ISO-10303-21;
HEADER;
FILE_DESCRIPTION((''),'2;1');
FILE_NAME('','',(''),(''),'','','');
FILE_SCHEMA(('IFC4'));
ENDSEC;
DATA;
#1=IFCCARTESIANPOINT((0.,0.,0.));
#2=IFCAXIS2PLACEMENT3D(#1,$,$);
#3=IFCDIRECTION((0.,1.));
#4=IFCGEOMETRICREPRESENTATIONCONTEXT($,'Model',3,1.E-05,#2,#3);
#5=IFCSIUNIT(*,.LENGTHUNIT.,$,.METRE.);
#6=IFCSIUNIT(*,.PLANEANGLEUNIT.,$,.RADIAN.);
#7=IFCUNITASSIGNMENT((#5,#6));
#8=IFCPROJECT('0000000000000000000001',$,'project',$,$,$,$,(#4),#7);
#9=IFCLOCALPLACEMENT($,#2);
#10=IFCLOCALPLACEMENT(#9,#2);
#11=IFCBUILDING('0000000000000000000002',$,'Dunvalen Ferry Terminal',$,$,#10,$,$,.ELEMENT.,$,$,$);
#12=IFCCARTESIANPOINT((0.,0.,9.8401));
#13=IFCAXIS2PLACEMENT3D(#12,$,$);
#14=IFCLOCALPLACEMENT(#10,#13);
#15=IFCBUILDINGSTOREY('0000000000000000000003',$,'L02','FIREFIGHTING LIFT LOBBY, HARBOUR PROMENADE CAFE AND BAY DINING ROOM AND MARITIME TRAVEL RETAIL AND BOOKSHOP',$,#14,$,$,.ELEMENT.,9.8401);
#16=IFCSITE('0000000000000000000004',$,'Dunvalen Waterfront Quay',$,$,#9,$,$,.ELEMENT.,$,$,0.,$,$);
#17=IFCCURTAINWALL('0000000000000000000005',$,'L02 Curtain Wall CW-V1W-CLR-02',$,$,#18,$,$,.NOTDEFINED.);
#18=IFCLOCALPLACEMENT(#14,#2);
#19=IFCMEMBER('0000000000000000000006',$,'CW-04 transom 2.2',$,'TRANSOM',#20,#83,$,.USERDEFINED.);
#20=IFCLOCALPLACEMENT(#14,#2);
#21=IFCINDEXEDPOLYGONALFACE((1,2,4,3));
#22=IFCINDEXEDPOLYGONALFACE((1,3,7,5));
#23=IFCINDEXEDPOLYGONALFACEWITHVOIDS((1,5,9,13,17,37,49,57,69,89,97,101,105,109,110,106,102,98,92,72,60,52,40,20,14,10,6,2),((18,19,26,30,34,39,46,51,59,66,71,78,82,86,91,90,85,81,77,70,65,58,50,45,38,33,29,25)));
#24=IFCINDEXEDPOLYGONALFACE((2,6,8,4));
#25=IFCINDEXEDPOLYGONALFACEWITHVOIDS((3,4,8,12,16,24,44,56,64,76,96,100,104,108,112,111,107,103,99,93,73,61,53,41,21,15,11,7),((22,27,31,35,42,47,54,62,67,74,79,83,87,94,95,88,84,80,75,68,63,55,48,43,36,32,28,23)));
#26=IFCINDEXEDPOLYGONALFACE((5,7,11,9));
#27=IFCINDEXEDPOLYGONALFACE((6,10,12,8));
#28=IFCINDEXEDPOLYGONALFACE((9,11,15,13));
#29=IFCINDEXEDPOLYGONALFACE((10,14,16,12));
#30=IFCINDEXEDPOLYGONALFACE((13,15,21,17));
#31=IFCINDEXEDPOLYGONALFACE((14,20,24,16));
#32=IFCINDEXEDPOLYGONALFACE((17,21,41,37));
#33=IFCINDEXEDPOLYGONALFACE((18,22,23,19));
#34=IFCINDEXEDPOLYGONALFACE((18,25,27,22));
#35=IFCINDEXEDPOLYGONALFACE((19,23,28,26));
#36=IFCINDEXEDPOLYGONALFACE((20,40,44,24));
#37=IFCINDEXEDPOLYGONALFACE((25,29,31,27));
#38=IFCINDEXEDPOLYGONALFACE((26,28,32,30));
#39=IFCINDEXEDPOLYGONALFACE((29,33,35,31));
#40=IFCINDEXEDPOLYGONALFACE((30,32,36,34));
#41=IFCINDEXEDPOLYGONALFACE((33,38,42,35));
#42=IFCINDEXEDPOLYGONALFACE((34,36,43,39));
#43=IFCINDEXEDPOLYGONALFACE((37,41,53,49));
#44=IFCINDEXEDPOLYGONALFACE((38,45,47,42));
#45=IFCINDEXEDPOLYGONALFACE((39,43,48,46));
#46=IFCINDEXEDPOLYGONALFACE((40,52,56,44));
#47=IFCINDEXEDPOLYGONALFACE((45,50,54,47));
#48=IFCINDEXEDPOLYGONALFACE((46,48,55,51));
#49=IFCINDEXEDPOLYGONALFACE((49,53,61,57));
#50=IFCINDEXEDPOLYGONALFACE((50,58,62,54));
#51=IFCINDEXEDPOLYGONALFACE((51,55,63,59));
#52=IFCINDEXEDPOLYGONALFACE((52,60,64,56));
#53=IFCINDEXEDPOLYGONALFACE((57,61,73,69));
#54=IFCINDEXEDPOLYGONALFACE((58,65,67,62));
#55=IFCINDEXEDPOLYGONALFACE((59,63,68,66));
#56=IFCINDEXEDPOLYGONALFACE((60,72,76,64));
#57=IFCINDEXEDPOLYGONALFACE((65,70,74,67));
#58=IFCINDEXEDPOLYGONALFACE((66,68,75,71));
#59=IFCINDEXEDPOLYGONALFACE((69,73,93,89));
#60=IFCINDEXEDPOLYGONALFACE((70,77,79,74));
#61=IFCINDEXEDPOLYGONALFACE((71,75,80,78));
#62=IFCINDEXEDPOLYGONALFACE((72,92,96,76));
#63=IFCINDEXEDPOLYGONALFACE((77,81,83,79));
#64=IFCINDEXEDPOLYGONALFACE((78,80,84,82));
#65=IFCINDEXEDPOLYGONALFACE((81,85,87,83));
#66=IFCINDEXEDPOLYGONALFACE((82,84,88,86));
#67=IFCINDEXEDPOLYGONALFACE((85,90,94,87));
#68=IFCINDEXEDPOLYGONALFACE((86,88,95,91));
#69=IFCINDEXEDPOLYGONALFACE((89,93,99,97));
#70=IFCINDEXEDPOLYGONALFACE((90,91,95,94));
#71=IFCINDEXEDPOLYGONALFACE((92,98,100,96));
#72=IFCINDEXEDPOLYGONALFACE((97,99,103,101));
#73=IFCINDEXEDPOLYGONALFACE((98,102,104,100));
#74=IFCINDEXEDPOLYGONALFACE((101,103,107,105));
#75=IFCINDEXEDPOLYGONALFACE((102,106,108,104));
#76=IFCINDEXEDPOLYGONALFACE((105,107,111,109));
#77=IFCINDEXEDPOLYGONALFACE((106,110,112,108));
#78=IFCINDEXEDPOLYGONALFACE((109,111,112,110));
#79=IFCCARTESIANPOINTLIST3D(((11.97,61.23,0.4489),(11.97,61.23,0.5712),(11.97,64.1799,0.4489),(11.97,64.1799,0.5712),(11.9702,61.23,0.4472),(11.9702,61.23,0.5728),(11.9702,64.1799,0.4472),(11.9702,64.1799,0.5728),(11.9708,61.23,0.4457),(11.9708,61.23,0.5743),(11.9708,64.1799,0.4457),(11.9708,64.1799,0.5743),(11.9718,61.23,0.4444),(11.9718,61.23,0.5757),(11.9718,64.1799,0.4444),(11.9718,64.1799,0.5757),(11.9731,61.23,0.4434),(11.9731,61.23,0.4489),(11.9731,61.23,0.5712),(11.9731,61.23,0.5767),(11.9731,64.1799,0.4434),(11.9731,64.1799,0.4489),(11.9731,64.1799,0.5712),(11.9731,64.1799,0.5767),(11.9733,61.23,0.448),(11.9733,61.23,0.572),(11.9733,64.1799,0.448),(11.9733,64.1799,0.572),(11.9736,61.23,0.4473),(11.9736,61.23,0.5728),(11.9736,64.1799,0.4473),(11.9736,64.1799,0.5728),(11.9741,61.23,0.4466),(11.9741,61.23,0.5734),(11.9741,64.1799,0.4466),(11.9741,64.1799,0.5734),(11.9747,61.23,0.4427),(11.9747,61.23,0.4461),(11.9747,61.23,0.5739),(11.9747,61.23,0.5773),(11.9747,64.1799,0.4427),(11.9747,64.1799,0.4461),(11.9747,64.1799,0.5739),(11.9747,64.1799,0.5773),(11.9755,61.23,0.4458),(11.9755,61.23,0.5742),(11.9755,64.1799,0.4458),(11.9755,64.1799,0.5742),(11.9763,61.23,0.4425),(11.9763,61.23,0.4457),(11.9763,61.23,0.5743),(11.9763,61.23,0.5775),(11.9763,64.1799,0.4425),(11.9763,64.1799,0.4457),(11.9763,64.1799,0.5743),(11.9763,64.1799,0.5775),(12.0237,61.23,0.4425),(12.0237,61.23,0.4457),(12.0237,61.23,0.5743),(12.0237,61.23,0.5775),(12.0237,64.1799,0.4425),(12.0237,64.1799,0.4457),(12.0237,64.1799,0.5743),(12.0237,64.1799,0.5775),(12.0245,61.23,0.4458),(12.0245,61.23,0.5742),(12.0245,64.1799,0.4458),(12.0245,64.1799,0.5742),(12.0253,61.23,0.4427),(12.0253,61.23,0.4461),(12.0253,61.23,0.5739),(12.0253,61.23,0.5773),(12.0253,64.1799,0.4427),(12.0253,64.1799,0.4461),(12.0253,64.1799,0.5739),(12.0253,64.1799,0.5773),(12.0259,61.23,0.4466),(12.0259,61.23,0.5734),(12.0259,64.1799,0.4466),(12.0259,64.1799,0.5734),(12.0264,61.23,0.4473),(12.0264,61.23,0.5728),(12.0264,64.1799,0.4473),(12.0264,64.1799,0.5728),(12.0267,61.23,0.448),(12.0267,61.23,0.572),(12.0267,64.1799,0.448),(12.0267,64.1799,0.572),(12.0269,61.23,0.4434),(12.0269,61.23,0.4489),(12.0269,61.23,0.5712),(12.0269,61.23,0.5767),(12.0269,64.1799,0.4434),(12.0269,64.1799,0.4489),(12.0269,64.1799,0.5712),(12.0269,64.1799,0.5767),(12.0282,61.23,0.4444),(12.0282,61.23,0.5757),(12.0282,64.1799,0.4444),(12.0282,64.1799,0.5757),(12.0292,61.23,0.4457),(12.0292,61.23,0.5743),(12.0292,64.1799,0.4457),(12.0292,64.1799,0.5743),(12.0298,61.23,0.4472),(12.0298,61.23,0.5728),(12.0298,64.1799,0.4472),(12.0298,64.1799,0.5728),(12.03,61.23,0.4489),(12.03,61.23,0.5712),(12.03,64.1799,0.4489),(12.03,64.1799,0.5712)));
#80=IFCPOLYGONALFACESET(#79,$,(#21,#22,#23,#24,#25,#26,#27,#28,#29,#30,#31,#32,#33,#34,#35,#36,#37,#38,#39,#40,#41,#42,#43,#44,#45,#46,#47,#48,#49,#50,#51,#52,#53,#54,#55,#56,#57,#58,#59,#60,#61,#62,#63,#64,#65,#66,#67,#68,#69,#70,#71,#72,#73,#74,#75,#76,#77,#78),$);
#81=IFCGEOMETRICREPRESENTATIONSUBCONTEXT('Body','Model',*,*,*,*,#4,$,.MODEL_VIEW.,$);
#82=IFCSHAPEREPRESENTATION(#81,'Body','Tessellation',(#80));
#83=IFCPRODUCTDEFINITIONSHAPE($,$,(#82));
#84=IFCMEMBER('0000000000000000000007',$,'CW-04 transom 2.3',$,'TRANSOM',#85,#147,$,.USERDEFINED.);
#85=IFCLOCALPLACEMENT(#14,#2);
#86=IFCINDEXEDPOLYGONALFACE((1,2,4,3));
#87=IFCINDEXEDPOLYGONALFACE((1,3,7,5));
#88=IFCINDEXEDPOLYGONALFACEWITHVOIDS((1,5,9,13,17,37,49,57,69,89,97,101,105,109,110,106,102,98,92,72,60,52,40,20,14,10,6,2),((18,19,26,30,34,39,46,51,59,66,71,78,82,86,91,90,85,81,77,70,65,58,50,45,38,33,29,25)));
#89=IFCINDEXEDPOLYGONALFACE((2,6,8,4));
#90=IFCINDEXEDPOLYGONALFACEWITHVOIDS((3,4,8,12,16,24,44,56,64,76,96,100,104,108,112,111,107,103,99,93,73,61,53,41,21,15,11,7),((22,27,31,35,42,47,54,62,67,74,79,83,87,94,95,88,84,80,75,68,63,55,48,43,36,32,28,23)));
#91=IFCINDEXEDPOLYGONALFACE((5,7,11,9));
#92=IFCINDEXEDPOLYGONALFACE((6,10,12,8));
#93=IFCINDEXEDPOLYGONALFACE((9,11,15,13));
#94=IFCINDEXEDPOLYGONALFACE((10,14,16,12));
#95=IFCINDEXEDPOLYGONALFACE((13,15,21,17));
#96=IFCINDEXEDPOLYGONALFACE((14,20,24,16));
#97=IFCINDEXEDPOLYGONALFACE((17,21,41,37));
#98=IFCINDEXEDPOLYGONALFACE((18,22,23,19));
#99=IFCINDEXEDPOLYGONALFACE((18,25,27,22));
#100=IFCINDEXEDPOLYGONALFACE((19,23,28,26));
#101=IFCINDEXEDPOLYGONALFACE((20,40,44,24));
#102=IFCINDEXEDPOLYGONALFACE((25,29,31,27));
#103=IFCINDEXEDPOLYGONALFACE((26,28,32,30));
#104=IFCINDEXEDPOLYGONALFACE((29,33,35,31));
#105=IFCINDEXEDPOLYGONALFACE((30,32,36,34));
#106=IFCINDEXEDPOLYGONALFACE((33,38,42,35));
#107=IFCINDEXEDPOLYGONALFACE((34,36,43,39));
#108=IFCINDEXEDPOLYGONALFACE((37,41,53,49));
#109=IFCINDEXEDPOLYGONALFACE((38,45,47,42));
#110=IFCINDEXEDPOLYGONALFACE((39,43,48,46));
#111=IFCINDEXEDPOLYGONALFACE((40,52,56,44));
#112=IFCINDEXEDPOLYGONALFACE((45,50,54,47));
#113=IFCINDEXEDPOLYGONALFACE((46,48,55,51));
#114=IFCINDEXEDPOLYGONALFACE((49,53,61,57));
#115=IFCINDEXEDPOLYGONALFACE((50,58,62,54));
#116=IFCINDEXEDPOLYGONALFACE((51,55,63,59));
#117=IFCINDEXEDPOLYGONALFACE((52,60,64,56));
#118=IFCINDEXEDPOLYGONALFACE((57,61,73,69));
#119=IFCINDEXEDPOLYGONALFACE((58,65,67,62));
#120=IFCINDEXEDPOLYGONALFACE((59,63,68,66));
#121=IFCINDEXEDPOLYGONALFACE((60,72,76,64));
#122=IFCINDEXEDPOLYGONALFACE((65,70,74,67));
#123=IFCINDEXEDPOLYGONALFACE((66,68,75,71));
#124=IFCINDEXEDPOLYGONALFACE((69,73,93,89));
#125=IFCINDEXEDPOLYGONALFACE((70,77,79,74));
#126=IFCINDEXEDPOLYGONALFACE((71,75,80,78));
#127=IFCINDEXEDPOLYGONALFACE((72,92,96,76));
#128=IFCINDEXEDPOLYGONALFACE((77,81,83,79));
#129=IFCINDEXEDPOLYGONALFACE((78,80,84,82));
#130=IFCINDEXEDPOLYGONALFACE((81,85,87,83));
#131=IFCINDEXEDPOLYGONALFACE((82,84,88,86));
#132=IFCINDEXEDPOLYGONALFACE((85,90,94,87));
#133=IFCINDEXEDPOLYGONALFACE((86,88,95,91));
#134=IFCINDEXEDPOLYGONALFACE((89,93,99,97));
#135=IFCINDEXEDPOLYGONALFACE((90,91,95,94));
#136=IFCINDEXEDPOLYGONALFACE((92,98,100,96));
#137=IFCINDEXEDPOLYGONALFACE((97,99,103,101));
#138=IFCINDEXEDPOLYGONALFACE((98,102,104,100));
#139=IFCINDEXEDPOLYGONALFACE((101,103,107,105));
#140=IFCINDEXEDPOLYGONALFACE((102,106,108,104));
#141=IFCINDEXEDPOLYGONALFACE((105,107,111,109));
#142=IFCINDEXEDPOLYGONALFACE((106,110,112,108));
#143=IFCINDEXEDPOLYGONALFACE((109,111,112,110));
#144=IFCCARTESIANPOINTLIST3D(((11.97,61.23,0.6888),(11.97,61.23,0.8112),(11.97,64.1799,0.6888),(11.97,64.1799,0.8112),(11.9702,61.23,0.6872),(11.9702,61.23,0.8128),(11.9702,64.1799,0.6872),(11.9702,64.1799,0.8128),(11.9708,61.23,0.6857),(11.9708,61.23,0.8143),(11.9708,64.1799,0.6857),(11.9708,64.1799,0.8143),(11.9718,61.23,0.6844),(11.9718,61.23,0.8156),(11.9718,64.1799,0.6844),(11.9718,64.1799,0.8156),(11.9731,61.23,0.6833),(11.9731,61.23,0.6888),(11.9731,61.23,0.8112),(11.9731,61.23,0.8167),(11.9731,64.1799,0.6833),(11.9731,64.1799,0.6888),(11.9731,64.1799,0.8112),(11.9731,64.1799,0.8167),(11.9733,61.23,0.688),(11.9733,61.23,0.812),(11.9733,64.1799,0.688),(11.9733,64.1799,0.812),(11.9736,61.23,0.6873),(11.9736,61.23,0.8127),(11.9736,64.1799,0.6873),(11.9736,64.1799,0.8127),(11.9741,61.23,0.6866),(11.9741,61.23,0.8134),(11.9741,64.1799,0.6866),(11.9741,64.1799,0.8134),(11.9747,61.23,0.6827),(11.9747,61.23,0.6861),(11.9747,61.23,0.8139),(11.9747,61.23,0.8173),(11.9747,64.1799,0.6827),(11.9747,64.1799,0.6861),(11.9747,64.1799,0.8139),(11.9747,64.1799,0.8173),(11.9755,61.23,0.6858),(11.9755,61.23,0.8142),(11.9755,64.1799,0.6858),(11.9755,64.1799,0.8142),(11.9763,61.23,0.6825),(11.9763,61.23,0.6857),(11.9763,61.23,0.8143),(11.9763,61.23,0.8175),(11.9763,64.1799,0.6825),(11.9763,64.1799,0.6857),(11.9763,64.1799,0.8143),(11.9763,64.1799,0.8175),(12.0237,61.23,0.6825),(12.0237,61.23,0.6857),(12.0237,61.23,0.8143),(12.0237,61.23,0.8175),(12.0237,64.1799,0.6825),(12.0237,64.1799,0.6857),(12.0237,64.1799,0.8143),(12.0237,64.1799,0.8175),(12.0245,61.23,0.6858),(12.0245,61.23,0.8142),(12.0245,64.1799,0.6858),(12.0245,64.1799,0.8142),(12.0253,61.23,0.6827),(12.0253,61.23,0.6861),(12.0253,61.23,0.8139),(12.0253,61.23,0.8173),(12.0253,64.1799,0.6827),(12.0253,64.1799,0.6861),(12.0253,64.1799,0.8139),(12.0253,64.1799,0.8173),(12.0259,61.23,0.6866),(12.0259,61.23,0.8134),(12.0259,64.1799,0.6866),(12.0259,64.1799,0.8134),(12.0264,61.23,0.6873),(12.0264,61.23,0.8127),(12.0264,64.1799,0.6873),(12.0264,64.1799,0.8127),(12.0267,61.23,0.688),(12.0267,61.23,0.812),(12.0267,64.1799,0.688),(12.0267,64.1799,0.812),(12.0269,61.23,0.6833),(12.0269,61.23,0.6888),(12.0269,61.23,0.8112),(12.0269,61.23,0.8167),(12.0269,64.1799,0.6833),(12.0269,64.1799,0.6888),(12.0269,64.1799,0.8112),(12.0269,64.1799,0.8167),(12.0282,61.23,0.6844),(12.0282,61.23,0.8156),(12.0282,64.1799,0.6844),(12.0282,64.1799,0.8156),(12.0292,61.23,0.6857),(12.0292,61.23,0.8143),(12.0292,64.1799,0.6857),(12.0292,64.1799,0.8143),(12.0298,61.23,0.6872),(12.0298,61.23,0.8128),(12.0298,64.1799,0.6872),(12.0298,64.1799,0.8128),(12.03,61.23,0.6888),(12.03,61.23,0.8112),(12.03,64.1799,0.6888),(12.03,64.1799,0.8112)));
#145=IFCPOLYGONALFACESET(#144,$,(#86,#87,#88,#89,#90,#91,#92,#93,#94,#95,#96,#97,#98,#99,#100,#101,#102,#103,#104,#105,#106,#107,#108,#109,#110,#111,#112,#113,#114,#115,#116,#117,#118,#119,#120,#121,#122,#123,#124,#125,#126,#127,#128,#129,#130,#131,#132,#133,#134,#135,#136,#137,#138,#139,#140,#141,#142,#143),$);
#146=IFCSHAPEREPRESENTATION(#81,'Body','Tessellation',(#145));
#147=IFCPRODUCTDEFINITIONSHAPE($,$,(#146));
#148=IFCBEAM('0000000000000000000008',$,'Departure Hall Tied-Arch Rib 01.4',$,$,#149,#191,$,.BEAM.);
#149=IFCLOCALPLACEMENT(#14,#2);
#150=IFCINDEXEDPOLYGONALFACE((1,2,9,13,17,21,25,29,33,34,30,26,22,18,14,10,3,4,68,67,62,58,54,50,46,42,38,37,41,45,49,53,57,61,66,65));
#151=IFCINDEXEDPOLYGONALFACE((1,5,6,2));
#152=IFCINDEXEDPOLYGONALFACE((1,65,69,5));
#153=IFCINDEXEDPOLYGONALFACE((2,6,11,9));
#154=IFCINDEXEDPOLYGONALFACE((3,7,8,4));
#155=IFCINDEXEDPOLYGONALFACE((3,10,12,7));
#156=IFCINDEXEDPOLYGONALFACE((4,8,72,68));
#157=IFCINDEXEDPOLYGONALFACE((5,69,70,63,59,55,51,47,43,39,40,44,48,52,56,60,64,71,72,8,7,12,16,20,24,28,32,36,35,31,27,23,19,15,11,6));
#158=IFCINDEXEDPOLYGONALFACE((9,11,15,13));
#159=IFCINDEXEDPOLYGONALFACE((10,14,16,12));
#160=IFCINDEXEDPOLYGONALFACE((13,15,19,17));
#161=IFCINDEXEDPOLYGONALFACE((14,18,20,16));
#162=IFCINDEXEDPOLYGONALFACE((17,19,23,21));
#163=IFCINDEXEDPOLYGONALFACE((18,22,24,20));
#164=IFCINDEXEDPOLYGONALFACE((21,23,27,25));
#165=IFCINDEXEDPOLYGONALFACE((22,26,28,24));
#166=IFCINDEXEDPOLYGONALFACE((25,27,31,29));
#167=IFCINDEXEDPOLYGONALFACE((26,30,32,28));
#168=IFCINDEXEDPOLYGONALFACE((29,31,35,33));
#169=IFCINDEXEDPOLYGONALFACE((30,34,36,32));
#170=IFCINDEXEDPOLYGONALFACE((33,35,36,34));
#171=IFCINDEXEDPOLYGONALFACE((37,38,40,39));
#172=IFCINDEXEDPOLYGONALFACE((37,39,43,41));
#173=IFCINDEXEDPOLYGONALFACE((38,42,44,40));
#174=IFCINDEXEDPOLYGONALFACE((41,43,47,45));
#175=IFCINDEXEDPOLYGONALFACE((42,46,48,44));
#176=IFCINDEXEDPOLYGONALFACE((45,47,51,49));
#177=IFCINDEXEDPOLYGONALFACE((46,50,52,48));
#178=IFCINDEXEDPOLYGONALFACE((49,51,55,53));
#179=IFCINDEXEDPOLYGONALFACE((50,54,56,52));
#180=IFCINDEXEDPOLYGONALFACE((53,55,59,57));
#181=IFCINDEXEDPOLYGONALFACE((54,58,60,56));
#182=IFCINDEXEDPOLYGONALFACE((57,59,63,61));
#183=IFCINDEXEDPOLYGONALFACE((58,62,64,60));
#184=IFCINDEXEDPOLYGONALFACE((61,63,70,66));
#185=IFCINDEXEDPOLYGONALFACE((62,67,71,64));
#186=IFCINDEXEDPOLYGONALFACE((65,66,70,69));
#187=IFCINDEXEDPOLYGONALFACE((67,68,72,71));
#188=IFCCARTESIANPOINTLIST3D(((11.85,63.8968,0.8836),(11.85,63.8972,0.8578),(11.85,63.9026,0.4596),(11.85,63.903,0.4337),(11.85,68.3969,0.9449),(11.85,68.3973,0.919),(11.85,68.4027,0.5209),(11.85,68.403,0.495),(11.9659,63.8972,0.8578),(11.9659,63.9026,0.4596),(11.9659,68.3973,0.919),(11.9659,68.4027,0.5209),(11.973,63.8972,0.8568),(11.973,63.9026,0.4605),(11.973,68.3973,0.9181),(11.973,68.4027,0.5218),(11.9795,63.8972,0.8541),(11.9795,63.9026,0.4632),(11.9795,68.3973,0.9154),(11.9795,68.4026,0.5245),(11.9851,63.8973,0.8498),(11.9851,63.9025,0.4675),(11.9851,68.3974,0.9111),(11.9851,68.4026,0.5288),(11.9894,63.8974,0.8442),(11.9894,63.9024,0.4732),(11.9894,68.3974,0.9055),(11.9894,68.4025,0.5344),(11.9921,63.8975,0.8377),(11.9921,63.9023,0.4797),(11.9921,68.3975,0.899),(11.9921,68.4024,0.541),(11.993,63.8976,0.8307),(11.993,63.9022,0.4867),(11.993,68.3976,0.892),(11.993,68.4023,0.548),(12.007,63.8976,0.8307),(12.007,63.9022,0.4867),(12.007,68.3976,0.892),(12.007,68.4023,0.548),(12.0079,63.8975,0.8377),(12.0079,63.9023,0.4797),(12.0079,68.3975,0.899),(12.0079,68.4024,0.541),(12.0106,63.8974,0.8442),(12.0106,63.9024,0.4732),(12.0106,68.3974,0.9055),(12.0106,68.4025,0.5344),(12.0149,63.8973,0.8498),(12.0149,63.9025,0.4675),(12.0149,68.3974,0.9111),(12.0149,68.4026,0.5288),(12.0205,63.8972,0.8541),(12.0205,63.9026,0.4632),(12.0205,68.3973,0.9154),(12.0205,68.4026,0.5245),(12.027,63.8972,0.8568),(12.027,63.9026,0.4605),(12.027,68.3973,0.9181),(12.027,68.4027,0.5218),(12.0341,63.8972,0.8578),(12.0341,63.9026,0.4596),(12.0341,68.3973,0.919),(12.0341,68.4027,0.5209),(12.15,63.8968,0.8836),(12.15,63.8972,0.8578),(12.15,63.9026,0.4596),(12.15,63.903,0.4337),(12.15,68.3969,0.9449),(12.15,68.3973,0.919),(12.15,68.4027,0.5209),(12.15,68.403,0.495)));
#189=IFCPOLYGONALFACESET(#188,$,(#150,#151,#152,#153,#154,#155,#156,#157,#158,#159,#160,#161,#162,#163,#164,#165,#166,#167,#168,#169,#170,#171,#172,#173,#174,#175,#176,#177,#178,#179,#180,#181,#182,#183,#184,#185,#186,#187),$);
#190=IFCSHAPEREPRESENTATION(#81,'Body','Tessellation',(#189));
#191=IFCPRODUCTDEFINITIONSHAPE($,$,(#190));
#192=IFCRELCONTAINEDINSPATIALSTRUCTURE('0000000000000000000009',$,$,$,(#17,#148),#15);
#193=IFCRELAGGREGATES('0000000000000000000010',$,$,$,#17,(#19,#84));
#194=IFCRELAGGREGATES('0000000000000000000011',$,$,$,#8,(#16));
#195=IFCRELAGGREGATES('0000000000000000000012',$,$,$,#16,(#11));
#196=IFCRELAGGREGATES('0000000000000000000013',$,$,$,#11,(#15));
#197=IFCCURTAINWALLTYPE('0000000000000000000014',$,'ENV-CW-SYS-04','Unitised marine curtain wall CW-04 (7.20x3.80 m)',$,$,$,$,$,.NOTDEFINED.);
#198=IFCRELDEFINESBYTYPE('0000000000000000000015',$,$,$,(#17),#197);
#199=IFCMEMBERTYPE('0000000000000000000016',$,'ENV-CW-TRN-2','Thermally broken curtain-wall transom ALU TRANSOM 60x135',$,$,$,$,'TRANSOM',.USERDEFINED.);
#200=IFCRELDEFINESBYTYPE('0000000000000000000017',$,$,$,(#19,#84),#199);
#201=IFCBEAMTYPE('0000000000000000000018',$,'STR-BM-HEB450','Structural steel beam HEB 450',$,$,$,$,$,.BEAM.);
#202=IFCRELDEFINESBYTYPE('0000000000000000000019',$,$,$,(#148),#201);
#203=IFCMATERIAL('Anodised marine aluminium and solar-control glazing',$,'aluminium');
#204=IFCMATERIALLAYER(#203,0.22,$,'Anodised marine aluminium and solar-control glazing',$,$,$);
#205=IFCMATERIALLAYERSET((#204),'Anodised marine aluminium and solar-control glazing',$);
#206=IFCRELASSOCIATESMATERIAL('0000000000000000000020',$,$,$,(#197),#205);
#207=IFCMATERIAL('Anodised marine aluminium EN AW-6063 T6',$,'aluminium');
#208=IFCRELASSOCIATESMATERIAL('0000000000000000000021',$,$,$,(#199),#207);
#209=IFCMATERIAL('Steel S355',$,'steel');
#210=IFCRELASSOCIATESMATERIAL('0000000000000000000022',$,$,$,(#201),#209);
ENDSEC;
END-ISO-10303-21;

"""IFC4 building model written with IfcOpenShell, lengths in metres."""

from ifc_helpers import new_model, si_unit, direction, frame, origin, origin_2d, place, context, subcontext, project, spatial, hollow_rectangle, i_section, extrude, material, layer, layer_set, material_profile, profile_set, type_object, element, aggregate, save


model = new_model("IFC4")

# Units and contexts
model_context = context("Model", 3, precision=1e-05, world=origin(), true_north=direction((0.0, 1.0)))
body_context = subcontext(model_context, "Body", "Model", "MODEL_VIEW")
ifc_project = project(units=[si_unit("LENGTHUNIT", "METRE"), si_unit("PLANEANGLEUNIT", "RADIAN")], contexts=[model_context])

# Site, building, storey
site_placement = place(None, origin())
site = spatial("IfcSite", under=ifc_project, at=site_placement, Name="Dunvalen Waterfront Quay", CompositionType="ELEMENT", RefElevation=0.0)
building_placement = place(site_placement, origin())
building = spatial("IfcBuilding", under=site, at=building_placement, Name="Dunvalen Ferry Terminal", CompositionType="ELEMENT")
storey_placement = place(building_placement, frame((0.0, 0.0, 9.8401)))
storey = spatial("IfcBuildingStorey", under=building, at=storey_placement, Name="L02", Description="FIREFIGHTING LIFT LOBBY, HARBOUR PROMENADE CAFE AND BAY DINING ROOM AND MARITIME TRAVEL RETAIL AND BOOKSHOP", CompositionType="ELEMENT", Elevation=9.8401)

# Curtain wall, members
ifc_material_1 = material(Name="Anodised marine aluminium and solar-control glazing", Category="aluminium")
ifc_layer_1 = layer(ifc_material_1, 0.22, Name="Anodised marine aluminium and solar-control glazing")
ifc_layer_set_1 = layer_set([ifc_layer_1], Name="Anodised marine aluminium and solar-control glazing")
curtain_wall_type = type_object("IfcCurtainWallType", Name="ENV-CW-SYS-04", Description="Unitised marine curtain wall CW-04 (7.20x3.80 m)", PredefinedType="NOTDEFINED", material=ifc_layer_set_1)
curtain_wall_placement = place(storey_placement, origin())
curtain_wall = element("IfcCurtainWall", 1, at=curtain_wall_placement, inside=storey, type_object=curtain_wall_type, Name="L02 Curtain Wall CW-V1W-CLR-02", PredefinedType="NOTDEFINED")
ifc_material_2 = material(Name="Anodised marine aluminium EN AW-6063 T6", Category="aluminium")
ifc_material_profile_1 = material_profile(ifc_material_2, hollow_rectangle(XDim=0.0601, YDim=0.135, WallThickness=0.0032, InnerFilletRadius=0.0032, OuterFilletRadius=0.0063, at=origin_2d()), Name="Anodised marine aluminium EN AW-6063 T6")
ifc_profile_set_1 = profile_set([ifc_material_profile_1], Name="Anodised marine aluminium EN AW-6063 T6")
member_type_1 = type_object("IfcMemberType", Name="ENV-CW-TRN-2", Description="Thermally broken curtain-wall transom ALU TRANSOM 60x135", ElementType="TRANSOM", PredefinedType="USERDEFINED", material=ifc_profile_set_1)
member_1_placement = place(storey_placement, frame((12.0, 61.23, 0.51), z_axis=(0.0, 1.0, 0.0), x_axis=(-1.0, 0.0, 0.0)))
member_1 = element("IfcMember", 2, at=member_1_placement, type_object=member_type_1, Name="CW-04 transom 2.2", ObjectType="TRANSOM", PredefinedType="USERDEFINED", context=body_context, shape_type="SweptSolid", body=[
    extrude(hollow_rectangle(XDim=0.0601, YDim=0.135, WallThickness=0.0032, InnerFilletRadius=0.0032, OuterFilletRadius=0.0063, at=origin_2d()), origin(), (0.0, 0.0, 1.0), 2.95),
])
member_2_placement = place(storey_placement, frame((12.0, 61.23, 0.75), z_axis=(0.0, 1.0, 0.0), x_axis=(-1.0, 0.0, 0.0)))
member_2 = element("IfcMember", 3, at=member_2_placement, type_object=member_type_1, Name="CW-04 transom 2.3", ObjectType="TRANSOM", PredefinedType="USERDEFINED", context=body_context, shape_type="SweptSolid", body=[
    extrude(hollow_rectangle(XDim=0.0601, YDim=0.135, WallThickness=0.0032, InnerFilletRadius=0.0032, OuterFilletRadius=0.0063, at=origin_2d()), origin(), (0.0, 0.0, 1.0), 2.95),
])

# Beam
ifc_material_3 = material(Name="Steel S355", Category="steel")
ifc_material_profile_2 = material_profile(ifc_material_3, i_section(OverallWidth=0.3, OverallDepth=0.45, WebThickness=0.0139, FlangeThickness=0.0259, FilletRadius=0.0271, at=origin_2d()), Name="Steel S355")
ifc_profile_set_2 = profile_set([ifc_material_profile_2], Name="Steel S355")
beam_type_1 = type_object("IfcBeamType", Name="STR-BM-HEB450", Description="Structural steel beam HEB 450", PredefinedType="BEAM", material=ifc_profile_set_2)
beam_1_placement = place(storey_placement, frame((12.0, 63.8999, 0.6587), z_axis=(0.0, 0.999907, 0.013616), x_axis=(-1.0, 0.0, 0.0)))
element("IfcBeam", 4, at=beam_1_placement, inside=storey, type_object=beam_type_1, Name="Departure Hall Tied-Arch Rib 01.4", PredefinedType="BEAM", context=body_context, shape_type="SweptSolid", body=[
    extrude(i_section(OverallWidth=0.3, OverallDepth=0.45, WebThickness=0.0139, FlangeThickness=0.0259, FilletRadius=0.0271, at=origin_2d()), origin(), (0.0, 0.0, 1.0), 4.5005),
])

aggregate(curtain_wall, [member_1, member_2])

save(model, "model.ifc")
